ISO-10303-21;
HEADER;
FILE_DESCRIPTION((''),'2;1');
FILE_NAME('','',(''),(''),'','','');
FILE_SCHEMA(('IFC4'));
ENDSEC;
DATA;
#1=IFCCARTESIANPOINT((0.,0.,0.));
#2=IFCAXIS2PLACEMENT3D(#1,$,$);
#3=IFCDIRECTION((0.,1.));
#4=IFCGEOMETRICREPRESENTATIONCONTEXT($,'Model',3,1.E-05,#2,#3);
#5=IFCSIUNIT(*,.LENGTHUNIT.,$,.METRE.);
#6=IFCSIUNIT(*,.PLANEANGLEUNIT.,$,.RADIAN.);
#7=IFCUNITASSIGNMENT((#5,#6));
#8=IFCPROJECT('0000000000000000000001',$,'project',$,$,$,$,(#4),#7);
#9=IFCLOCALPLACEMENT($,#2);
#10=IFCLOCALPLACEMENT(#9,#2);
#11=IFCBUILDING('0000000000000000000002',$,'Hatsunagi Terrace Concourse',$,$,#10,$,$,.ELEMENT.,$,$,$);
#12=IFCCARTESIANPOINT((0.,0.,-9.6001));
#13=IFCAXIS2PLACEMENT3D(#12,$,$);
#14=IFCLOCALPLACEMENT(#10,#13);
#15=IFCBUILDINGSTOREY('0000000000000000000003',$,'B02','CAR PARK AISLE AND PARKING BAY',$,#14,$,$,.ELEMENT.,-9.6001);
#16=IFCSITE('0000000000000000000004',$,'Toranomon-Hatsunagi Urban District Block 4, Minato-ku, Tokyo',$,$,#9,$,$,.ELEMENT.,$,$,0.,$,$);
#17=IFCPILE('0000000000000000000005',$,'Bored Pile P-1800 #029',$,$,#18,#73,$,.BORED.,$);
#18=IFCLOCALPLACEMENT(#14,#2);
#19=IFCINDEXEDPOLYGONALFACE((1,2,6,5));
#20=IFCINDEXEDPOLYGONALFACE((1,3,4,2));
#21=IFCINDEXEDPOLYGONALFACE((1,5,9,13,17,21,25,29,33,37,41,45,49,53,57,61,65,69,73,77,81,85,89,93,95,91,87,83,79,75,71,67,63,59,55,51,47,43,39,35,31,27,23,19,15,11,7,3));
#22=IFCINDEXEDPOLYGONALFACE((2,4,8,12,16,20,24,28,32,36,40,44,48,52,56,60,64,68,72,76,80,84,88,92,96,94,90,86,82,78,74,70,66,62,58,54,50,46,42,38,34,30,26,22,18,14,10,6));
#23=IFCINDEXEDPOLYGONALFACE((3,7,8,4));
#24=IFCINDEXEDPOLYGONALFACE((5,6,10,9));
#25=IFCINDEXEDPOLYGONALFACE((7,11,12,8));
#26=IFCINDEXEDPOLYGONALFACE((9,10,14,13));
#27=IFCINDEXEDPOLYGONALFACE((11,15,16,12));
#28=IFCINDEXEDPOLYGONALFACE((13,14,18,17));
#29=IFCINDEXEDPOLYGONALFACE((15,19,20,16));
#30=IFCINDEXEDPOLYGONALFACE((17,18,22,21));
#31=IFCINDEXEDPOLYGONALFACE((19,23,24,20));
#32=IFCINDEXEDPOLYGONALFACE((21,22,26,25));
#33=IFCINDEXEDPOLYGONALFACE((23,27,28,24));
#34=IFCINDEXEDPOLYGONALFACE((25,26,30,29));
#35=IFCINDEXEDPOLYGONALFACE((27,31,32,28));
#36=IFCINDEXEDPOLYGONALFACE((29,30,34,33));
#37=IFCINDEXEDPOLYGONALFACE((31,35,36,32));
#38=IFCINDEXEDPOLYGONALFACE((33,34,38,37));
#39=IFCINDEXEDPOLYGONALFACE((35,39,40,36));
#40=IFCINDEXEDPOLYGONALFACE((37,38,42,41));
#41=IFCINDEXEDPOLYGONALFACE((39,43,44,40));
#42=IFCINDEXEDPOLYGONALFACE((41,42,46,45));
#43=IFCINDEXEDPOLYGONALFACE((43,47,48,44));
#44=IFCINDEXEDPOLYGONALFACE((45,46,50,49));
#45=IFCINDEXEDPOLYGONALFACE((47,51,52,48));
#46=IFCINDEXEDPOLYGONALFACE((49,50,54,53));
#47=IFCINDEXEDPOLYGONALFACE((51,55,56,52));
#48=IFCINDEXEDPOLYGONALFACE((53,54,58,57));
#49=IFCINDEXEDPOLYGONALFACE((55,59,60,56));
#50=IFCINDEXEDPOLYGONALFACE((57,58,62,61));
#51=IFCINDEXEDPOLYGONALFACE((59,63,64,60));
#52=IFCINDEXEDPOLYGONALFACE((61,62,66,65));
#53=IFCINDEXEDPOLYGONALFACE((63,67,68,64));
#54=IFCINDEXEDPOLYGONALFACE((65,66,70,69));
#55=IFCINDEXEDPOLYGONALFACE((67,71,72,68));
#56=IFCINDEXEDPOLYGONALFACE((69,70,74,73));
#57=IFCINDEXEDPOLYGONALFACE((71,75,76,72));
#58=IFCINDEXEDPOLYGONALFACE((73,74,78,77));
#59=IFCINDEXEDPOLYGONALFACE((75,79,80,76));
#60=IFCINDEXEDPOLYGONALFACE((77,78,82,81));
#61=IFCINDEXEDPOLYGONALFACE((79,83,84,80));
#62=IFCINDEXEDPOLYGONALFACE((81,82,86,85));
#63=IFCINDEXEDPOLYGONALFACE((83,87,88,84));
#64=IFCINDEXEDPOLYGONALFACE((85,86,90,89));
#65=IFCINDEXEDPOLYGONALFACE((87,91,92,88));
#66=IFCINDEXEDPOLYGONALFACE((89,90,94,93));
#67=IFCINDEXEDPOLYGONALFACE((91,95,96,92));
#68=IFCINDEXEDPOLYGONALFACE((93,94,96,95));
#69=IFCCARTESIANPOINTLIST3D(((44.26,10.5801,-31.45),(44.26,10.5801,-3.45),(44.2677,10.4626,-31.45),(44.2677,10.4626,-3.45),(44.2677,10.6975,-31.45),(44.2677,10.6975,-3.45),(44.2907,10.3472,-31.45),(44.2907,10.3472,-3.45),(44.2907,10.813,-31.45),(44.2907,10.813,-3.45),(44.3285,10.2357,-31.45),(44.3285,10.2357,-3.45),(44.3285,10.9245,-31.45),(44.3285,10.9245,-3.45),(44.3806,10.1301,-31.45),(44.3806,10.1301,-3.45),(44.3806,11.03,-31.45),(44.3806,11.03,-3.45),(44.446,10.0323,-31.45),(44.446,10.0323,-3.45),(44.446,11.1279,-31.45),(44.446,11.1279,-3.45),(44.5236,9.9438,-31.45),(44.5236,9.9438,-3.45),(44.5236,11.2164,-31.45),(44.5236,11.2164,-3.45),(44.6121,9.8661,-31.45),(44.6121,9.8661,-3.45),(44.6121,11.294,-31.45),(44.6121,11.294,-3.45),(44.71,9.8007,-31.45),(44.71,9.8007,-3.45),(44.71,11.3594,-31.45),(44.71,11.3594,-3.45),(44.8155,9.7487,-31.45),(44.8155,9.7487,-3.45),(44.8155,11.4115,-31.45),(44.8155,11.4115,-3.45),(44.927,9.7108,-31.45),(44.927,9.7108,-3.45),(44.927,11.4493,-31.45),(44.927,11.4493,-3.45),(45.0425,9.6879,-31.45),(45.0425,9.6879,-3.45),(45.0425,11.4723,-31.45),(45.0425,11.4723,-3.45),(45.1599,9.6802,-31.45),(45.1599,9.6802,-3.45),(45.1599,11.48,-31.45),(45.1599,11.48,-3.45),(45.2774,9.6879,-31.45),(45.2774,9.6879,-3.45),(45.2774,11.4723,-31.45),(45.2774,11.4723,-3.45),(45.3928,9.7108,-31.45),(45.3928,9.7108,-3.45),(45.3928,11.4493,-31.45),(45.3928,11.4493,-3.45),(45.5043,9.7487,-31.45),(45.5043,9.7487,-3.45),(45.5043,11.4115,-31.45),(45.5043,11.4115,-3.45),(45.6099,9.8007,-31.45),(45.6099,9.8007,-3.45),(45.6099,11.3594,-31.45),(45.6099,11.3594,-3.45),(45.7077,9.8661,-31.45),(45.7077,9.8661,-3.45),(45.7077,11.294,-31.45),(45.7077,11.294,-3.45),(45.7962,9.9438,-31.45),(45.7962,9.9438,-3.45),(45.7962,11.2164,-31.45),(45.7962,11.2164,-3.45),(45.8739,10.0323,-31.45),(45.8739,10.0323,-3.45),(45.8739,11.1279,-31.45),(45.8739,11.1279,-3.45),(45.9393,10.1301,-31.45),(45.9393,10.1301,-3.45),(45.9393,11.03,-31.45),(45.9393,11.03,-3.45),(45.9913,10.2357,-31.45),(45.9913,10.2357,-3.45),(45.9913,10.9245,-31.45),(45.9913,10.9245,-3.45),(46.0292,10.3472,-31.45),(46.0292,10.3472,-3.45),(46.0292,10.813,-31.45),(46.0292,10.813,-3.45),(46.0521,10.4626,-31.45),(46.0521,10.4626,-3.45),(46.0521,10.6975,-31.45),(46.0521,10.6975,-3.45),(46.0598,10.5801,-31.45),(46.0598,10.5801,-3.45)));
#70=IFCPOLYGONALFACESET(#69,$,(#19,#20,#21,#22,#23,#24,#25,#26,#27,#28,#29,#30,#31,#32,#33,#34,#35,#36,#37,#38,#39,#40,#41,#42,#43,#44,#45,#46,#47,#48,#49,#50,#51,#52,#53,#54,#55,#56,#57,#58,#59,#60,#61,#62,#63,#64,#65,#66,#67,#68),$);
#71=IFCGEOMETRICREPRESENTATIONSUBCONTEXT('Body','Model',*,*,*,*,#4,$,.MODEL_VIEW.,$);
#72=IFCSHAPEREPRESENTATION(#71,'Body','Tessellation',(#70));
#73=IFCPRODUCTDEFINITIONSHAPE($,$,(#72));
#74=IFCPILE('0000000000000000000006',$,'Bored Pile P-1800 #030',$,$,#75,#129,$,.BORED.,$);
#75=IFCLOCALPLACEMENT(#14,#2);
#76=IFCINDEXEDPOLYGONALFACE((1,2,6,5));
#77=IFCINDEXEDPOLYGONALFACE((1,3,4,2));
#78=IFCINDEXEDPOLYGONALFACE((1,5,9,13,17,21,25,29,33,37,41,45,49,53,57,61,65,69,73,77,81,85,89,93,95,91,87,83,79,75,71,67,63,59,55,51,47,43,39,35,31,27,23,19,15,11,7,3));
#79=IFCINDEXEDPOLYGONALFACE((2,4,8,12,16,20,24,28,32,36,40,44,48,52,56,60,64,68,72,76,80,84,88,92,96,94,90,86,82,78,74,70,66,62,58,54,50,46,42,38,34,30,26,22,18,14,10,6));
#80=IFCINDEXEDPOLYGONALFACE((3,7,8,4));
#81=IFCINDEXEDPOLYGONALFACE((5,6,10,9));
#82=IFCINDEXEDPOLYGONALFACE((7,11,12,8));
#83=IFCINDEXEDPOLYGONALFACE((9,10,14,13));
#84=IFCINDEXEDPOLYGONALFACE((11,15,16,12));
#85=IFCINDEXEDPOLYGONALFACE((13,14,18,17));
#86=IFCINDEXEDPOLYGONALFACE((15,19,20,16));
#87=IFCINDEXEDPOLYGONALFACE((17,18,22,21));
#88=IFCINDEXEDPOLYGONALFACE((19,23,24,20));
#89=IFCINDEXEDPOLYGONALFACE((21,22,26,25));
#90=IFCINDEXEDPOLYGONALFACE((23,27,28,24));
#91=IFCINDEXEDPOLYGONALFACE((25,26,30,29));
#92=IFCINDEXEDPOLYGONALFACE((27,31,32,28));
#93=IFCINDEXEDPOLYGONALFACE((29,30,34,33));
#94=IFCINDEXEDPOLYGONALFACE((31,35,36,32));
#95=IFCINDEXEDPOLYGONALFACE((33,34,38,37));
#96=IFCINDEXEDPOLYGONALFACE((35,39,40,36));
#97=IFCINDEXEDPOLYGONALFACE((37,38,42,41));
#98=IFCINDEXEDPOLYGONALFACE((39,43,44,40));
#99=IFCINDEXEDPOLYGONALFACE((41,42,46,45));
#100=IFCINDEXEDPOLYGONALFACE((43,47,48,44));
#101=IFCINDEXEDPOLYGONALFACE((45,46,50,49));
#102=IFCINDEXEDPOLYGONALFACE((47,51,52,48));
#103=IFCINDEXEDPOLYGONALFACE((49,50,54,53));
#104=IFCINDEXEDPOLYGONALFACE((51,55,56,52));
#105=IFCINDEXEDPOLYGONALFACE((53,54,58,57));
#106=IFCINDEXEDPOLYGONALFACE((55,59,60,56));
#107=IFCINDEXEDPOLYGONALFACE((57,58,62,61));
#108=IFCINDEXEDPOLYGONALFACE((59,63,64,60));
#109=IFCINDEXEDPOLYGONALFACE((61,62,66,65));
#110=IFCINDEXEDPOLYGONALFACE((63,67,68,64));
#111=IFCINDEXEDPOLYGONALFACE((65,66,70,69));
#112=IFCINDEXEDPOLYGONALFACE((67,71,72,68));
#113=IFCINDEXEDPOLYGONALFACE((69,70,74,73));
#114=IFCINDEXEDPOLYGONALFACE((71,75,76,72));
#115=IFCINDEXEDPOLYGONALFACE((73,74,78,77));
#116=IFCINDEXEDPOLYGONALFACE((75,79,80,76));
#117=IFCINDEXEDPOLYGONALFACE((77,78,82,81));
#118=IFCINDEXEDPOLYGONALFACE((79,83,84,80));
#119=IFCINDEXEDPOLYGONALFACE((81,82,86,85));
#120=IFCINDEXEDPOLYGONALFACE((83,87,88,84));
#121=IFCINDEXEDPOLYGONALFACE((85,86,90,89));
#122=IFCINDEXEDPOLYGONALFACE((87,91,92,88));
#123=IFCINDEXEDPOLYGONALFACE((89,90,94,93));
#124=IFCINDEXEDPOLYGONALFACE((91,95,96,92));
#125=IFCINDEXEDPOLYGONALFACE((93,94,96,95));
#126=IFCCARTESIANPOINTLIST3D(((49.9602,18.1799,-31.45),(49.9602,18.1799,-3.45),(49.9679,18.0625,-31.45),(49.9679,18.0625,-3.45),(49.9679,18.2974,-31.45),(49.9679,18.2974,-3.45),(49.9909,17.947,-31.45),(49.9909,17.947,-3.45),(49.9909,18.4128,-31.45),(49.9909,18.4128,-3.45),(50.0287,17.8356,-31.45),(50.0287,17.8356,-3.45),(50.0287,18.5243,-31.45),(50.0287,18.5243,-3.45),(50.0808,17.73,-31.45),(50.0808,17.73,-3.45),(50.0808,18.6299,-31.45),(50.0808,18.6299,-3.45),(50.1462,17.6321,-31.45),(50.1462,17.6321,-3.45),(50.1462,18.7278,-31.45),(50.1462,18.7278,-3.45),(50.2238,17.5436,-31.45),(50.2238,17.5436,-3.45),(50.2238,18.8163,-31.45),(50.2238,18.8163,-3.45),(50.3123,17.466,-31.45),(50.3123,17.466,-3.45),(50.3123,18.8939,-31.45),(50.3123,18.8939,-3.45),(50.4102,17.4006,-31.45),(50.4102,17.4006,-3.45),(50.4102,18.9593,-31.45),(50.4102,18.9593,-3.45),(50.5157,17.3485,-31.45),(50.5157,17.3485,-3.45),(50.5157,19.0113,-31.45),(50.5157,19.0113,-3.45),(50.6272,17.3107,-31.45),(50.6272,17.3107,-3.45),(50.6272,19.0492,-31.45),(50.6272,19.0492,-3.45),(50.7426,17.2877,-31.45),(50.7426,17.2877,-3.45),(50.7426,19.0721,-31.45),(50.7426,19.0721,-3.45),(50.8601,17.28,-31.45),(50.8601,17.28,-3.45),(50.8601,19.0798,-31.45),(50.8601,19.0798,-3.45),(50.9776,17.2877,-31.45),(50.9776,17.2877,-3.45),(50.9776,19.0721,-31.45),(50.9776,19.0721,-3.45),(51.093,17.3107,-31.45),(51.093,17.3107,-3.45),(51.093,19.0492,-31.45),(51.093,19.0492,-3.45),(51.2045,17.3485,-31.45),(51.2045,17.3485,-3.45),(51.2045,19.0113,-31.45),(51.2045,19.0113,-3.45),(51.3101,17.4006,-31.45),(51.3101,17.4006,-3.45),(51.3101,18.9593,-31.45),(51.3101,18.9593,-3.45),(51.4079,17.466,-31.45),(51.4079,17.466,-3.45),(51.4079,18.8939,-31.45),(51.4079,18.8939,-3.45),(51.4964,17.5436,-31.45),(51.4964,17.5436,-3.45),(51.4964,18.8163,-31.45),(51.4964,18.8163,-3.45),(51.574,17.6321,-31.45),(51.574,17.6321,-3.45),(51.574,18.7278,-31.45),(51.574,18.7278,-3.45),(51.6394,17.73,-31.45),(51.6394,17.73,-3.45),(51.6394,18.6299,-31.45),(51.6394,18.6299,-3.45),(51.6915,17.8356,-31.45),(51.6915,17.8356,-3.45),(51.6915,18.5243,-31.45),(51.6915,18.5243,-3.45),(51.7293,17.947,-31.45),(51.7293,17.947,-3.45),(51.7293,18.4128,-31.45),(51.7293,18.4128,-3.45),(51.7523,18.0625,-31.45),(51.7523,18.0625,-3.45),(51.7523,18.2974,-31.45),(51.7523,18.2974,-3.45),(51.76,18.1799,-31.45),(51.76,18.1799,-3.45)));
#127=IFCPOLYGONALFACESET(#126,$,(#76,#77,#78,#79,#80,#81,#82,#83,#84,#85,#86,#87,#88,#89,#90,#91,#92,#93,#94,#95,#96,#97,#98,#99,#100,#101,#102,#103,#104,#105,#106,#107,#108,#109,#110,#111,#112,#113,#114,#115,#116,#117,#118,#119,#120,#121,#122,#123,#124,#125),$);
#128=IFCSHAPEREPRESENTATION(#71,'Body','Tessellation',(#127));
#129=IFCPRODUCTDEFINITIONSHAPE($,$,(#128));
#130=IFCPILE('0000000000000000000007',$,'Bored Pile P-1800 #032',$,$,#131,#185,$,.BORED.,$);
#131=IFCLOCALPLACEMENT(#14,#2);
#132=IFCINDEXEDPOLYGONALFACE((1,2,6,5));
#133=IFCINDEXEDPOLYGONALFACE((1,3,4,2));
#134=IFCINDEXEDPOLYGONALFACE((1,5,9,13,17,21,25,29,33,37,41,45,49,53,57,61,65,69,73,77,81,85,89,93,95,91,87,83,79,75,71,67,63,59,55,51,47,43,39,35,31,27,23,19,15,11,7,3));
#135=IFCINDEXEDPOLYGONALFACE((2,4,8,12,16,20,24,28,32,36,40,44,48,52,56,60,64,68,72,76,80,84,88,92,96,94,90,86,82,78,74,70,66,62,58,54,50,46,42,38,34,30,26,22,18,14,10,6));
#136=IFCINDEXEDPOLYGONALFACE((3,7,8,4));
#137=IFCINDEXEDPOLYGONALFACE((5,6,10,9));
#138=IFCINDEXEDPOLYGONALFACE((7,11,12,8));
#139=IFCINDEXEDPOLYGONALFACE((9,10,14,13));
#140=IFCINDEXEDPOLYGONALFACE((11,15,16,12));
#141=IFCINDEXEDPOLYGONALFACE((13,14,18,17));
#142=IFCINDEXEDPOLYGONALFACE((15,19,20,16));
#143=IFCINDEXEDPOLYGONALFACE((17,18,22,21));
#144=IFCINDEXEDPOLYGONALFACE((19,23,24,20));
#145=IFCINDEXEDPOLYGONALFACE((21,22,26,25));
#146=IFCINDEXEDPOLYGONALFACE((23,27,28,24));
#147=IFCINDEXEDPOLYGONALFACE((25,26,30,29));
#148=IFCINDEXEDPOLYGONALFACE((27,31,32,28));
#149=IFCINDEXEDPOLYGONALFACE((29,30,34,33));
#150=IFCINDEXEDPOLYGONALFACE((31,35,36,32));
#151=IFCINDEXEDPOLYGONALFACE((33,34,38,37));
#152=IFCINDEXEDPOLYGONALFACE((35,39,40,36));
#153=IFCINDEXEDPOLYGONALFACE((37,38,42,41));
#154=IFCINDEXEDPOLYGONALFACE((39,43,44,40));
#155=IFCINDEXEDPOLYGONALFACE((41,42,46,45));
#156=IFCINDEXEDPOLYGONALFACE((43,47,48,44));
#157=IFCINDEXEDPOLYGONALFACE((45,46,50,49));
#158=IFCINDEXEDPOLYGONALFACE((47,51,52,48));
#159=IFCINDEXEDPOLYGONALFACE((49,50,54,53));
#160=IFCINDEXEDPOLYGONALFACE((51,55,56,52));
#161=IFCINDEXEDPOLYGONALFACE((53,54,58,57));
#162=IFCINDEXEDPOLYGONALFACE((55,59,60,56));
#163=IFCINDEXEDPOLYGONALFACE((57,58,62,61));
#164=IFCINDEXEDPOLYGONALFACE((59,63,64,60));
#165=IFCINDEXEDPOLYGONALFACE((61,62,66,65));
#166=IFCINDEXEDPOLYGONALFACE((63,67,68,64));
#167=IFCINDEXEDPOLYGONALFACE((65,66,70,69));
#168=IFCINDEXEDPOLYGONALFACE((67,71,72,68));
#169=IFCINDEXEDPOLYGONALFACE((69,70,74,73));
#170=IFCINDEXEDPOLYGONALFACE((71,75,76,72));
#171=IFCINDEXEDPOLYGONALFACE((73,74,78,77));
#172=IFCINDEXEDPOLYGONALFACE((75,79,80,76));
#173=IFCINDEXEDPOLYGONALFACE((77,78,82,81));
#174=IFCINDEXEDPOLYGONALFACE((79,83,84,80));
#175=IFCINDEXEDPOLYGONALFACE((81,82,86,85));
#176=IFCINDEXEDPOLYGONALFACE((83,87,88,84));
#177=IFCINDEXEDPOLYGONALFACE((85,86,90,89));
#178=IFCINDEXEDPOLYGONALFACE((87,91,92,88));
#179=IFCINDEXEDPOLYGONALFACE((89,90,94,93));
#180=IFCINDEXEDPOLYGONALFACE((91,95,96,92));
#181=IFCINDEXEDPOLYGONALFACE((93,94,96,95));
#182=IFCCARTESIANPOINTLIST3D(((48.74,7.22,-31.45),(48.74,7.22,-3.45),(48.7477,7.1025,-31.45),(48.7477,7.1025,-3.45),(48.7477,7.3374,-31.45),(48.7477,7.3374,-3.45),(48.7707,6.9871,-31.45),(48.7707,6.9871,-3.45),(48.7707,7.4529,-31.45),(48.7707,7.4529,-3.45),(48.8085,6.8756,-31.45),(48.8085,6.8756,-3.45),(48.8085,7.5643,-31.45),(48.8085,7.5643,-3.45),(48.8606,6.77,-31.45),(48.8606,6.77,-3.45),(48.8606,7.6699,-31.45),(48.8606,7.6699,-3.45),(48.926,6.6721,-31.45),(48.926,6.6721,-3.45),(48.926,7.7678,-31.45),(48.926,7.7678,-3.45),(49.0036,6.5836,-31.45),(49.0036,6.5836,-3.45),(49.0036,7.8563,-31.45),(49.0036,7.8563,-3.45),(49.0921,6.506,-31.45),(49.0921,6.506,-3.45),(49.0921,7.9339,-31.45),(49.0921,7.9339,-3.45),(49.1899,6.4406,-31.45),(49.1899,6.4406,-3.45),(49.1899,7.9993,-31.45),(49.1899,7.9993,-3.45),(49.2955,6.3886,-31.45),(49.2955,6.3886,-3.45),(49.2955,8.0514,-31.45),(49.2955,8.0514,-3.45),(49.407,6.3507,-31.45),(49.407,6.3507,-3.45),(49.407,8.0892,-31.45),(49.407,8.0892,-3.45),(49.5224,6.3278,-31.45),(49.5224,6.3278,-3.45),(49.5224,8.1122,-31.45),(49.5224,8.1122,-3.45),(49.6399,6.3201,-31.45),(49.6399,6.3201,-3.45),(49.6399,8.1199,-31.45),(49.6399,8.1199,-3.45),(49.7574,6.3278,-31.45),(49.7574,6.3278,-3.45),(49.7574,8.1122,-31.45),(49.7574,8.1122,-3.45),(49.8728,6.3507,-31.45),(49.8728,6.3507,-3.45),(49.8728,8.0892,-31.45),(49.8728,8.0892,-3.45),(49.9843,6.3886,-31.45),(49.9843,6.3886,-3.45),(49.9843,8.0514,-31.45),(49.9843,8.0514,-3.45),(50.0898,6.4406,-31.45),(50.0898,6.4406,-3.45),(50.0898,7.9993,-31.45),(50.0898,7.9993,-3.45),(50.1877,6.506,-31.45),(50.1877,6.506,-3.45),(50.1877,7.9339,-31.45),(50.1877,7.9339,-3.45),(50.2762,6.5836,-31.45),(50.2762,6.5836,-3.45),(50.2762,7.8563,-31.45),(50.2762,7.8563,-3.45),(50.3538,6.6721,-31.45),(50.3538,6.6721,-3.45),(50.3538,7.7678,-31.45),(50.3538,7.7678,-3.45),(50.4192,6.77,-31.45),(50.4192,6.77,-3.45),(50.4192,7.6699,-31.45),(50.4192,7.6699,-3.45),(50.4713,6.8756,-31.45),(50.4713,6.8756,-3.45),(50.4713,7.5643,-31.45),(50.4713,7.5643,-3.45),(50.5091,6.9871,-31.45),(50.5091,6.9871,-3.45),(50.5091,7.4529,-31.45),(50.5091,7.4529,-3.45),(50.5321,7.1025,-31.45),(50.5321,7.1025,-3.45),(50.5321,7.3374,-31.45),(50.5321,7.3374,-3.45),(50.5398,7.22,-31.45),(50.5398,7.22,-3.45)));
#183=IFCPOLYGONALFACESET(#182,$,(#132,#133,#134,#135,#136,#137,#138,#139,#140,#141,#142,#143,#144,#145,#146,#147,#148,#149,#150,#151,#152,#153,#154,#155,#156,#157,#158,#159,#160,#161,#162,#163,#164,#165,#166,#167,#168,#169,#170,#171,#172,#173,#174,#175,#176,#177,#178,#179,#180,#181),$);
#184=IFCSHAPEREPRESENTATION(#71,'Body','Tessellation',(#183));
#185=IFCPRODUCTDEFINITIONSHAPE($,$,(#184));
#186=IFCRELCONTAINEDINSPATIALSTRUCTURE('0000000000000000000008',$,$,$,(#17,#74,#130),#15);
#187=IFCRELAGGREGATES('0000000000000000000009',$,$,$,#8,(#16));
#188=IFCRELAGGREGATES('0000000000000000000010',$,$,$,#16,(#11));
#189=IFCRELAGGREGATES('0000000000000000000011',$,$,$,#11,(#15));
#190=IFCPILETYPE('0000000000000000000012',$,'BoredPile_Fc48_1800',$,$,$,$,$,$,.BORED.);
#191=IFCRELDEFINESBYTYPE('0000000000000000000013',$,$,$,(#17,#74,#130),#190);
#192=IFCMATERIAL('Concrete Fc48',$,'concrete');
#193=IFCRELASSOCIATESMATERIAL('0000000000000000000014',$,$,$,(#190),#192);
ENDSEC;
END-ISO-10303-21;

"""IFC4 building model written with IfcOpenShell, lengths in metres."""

from ifc_helpers import new_model, si_unit, direction, frame, origin, origin_2d, place, context, subcontext, project, spatial, circle, extrude, material, material_profile, profile_set, type_object, element, save


model = new_model("IFC4")

# Units and contexts
model_context = context("Model", 3, precision=1e-05, world=origin(), true_north=direction((0.0, 1.0)))
body_context = subcontext(model_context, "Body", "Model", "MODEL_VIEW")
ifc_project = project(units=[si_unit("LENGTHUNIT", "METRE"), si_unit("PLANEANGLEUNIT", "RADIAN")], contexts=[model_context])

# Site, building, storey
site_placement = place(None, origin())
site = spatial("IfcSite", under=ifc_project, at=site_placement, Name="Toranomon-Hatsunagi Urban District Block 4, Minato-ku, Tokyo", CompositionType="ELEMENT", RefElevation=0.0)
building_placement = place(site_placement, origin())
building = spatial("IfcBuilding", under=site, at=building_placement, Name="Hatsunagi Terrace Concourse", CompositionType="ELEMENT")
storey_placement = place(building_placement, frame((0.0, 0.0, -9.6001)))
storey = spatial("IfcBuildingStorey", under=building, at=storey_placement, Name="B02", Description="CAR PARK AISLE AND PARKING BAY", CompositionType="ELEMENT", Elevation=-9.6001)

# Piles
ifc_material_1 = material(Name="Concrete Fc48", Category="concrete")
ifc_material_profile_1 = material_profile(ifc_material_1, circle(Radius=0.8999, at=origin_2d()), Name="PILE-1800")
ifc_profile_set_1 = profile_set([ifc_material_profile_1], Name="Concrete Fc48")
pile_type_1 = type_object("IfcPileType", Name="BoredPile_Fc48_1800", PredefinedType="BORED", material=ifc_profile_set_1)
for number, where, z_axis, x_axis, name in (
    (1, (45.1599, 10.5801, -3.45), (0.0, 0.0, -1.0), (1.0, 0.0, 0.0), "Bored Pile P-1800 #029"),
    (2, (50.8601, 18.1799, -3.45), (0.0, 0.0, -1.0), (1.0, 0.0, 0.0), "Bored Pile P-1800 #030"),
    (3, (49.6399, 7.22, -3.45), (0.0, 0.0, -1.0), (1.0, 0.0, 0.0), "Bored Pile P-1800 #032"),
):
    element("IfcPile", number, at=place(storey_placement, frame(where, z_axis=z_axis, x_axis=x_axis)), inside=storey, type_object=pile_type_1, Name=name, PredefinedType="BORED", context=body_context, shape_type="SweptSolid", body=[
        extrude(circle(Radius=0.8999, at=origin_2d()), origin(), (0.0, 0.0, 1.0), 28.0),
    ])

save(model, "model.ifc")
